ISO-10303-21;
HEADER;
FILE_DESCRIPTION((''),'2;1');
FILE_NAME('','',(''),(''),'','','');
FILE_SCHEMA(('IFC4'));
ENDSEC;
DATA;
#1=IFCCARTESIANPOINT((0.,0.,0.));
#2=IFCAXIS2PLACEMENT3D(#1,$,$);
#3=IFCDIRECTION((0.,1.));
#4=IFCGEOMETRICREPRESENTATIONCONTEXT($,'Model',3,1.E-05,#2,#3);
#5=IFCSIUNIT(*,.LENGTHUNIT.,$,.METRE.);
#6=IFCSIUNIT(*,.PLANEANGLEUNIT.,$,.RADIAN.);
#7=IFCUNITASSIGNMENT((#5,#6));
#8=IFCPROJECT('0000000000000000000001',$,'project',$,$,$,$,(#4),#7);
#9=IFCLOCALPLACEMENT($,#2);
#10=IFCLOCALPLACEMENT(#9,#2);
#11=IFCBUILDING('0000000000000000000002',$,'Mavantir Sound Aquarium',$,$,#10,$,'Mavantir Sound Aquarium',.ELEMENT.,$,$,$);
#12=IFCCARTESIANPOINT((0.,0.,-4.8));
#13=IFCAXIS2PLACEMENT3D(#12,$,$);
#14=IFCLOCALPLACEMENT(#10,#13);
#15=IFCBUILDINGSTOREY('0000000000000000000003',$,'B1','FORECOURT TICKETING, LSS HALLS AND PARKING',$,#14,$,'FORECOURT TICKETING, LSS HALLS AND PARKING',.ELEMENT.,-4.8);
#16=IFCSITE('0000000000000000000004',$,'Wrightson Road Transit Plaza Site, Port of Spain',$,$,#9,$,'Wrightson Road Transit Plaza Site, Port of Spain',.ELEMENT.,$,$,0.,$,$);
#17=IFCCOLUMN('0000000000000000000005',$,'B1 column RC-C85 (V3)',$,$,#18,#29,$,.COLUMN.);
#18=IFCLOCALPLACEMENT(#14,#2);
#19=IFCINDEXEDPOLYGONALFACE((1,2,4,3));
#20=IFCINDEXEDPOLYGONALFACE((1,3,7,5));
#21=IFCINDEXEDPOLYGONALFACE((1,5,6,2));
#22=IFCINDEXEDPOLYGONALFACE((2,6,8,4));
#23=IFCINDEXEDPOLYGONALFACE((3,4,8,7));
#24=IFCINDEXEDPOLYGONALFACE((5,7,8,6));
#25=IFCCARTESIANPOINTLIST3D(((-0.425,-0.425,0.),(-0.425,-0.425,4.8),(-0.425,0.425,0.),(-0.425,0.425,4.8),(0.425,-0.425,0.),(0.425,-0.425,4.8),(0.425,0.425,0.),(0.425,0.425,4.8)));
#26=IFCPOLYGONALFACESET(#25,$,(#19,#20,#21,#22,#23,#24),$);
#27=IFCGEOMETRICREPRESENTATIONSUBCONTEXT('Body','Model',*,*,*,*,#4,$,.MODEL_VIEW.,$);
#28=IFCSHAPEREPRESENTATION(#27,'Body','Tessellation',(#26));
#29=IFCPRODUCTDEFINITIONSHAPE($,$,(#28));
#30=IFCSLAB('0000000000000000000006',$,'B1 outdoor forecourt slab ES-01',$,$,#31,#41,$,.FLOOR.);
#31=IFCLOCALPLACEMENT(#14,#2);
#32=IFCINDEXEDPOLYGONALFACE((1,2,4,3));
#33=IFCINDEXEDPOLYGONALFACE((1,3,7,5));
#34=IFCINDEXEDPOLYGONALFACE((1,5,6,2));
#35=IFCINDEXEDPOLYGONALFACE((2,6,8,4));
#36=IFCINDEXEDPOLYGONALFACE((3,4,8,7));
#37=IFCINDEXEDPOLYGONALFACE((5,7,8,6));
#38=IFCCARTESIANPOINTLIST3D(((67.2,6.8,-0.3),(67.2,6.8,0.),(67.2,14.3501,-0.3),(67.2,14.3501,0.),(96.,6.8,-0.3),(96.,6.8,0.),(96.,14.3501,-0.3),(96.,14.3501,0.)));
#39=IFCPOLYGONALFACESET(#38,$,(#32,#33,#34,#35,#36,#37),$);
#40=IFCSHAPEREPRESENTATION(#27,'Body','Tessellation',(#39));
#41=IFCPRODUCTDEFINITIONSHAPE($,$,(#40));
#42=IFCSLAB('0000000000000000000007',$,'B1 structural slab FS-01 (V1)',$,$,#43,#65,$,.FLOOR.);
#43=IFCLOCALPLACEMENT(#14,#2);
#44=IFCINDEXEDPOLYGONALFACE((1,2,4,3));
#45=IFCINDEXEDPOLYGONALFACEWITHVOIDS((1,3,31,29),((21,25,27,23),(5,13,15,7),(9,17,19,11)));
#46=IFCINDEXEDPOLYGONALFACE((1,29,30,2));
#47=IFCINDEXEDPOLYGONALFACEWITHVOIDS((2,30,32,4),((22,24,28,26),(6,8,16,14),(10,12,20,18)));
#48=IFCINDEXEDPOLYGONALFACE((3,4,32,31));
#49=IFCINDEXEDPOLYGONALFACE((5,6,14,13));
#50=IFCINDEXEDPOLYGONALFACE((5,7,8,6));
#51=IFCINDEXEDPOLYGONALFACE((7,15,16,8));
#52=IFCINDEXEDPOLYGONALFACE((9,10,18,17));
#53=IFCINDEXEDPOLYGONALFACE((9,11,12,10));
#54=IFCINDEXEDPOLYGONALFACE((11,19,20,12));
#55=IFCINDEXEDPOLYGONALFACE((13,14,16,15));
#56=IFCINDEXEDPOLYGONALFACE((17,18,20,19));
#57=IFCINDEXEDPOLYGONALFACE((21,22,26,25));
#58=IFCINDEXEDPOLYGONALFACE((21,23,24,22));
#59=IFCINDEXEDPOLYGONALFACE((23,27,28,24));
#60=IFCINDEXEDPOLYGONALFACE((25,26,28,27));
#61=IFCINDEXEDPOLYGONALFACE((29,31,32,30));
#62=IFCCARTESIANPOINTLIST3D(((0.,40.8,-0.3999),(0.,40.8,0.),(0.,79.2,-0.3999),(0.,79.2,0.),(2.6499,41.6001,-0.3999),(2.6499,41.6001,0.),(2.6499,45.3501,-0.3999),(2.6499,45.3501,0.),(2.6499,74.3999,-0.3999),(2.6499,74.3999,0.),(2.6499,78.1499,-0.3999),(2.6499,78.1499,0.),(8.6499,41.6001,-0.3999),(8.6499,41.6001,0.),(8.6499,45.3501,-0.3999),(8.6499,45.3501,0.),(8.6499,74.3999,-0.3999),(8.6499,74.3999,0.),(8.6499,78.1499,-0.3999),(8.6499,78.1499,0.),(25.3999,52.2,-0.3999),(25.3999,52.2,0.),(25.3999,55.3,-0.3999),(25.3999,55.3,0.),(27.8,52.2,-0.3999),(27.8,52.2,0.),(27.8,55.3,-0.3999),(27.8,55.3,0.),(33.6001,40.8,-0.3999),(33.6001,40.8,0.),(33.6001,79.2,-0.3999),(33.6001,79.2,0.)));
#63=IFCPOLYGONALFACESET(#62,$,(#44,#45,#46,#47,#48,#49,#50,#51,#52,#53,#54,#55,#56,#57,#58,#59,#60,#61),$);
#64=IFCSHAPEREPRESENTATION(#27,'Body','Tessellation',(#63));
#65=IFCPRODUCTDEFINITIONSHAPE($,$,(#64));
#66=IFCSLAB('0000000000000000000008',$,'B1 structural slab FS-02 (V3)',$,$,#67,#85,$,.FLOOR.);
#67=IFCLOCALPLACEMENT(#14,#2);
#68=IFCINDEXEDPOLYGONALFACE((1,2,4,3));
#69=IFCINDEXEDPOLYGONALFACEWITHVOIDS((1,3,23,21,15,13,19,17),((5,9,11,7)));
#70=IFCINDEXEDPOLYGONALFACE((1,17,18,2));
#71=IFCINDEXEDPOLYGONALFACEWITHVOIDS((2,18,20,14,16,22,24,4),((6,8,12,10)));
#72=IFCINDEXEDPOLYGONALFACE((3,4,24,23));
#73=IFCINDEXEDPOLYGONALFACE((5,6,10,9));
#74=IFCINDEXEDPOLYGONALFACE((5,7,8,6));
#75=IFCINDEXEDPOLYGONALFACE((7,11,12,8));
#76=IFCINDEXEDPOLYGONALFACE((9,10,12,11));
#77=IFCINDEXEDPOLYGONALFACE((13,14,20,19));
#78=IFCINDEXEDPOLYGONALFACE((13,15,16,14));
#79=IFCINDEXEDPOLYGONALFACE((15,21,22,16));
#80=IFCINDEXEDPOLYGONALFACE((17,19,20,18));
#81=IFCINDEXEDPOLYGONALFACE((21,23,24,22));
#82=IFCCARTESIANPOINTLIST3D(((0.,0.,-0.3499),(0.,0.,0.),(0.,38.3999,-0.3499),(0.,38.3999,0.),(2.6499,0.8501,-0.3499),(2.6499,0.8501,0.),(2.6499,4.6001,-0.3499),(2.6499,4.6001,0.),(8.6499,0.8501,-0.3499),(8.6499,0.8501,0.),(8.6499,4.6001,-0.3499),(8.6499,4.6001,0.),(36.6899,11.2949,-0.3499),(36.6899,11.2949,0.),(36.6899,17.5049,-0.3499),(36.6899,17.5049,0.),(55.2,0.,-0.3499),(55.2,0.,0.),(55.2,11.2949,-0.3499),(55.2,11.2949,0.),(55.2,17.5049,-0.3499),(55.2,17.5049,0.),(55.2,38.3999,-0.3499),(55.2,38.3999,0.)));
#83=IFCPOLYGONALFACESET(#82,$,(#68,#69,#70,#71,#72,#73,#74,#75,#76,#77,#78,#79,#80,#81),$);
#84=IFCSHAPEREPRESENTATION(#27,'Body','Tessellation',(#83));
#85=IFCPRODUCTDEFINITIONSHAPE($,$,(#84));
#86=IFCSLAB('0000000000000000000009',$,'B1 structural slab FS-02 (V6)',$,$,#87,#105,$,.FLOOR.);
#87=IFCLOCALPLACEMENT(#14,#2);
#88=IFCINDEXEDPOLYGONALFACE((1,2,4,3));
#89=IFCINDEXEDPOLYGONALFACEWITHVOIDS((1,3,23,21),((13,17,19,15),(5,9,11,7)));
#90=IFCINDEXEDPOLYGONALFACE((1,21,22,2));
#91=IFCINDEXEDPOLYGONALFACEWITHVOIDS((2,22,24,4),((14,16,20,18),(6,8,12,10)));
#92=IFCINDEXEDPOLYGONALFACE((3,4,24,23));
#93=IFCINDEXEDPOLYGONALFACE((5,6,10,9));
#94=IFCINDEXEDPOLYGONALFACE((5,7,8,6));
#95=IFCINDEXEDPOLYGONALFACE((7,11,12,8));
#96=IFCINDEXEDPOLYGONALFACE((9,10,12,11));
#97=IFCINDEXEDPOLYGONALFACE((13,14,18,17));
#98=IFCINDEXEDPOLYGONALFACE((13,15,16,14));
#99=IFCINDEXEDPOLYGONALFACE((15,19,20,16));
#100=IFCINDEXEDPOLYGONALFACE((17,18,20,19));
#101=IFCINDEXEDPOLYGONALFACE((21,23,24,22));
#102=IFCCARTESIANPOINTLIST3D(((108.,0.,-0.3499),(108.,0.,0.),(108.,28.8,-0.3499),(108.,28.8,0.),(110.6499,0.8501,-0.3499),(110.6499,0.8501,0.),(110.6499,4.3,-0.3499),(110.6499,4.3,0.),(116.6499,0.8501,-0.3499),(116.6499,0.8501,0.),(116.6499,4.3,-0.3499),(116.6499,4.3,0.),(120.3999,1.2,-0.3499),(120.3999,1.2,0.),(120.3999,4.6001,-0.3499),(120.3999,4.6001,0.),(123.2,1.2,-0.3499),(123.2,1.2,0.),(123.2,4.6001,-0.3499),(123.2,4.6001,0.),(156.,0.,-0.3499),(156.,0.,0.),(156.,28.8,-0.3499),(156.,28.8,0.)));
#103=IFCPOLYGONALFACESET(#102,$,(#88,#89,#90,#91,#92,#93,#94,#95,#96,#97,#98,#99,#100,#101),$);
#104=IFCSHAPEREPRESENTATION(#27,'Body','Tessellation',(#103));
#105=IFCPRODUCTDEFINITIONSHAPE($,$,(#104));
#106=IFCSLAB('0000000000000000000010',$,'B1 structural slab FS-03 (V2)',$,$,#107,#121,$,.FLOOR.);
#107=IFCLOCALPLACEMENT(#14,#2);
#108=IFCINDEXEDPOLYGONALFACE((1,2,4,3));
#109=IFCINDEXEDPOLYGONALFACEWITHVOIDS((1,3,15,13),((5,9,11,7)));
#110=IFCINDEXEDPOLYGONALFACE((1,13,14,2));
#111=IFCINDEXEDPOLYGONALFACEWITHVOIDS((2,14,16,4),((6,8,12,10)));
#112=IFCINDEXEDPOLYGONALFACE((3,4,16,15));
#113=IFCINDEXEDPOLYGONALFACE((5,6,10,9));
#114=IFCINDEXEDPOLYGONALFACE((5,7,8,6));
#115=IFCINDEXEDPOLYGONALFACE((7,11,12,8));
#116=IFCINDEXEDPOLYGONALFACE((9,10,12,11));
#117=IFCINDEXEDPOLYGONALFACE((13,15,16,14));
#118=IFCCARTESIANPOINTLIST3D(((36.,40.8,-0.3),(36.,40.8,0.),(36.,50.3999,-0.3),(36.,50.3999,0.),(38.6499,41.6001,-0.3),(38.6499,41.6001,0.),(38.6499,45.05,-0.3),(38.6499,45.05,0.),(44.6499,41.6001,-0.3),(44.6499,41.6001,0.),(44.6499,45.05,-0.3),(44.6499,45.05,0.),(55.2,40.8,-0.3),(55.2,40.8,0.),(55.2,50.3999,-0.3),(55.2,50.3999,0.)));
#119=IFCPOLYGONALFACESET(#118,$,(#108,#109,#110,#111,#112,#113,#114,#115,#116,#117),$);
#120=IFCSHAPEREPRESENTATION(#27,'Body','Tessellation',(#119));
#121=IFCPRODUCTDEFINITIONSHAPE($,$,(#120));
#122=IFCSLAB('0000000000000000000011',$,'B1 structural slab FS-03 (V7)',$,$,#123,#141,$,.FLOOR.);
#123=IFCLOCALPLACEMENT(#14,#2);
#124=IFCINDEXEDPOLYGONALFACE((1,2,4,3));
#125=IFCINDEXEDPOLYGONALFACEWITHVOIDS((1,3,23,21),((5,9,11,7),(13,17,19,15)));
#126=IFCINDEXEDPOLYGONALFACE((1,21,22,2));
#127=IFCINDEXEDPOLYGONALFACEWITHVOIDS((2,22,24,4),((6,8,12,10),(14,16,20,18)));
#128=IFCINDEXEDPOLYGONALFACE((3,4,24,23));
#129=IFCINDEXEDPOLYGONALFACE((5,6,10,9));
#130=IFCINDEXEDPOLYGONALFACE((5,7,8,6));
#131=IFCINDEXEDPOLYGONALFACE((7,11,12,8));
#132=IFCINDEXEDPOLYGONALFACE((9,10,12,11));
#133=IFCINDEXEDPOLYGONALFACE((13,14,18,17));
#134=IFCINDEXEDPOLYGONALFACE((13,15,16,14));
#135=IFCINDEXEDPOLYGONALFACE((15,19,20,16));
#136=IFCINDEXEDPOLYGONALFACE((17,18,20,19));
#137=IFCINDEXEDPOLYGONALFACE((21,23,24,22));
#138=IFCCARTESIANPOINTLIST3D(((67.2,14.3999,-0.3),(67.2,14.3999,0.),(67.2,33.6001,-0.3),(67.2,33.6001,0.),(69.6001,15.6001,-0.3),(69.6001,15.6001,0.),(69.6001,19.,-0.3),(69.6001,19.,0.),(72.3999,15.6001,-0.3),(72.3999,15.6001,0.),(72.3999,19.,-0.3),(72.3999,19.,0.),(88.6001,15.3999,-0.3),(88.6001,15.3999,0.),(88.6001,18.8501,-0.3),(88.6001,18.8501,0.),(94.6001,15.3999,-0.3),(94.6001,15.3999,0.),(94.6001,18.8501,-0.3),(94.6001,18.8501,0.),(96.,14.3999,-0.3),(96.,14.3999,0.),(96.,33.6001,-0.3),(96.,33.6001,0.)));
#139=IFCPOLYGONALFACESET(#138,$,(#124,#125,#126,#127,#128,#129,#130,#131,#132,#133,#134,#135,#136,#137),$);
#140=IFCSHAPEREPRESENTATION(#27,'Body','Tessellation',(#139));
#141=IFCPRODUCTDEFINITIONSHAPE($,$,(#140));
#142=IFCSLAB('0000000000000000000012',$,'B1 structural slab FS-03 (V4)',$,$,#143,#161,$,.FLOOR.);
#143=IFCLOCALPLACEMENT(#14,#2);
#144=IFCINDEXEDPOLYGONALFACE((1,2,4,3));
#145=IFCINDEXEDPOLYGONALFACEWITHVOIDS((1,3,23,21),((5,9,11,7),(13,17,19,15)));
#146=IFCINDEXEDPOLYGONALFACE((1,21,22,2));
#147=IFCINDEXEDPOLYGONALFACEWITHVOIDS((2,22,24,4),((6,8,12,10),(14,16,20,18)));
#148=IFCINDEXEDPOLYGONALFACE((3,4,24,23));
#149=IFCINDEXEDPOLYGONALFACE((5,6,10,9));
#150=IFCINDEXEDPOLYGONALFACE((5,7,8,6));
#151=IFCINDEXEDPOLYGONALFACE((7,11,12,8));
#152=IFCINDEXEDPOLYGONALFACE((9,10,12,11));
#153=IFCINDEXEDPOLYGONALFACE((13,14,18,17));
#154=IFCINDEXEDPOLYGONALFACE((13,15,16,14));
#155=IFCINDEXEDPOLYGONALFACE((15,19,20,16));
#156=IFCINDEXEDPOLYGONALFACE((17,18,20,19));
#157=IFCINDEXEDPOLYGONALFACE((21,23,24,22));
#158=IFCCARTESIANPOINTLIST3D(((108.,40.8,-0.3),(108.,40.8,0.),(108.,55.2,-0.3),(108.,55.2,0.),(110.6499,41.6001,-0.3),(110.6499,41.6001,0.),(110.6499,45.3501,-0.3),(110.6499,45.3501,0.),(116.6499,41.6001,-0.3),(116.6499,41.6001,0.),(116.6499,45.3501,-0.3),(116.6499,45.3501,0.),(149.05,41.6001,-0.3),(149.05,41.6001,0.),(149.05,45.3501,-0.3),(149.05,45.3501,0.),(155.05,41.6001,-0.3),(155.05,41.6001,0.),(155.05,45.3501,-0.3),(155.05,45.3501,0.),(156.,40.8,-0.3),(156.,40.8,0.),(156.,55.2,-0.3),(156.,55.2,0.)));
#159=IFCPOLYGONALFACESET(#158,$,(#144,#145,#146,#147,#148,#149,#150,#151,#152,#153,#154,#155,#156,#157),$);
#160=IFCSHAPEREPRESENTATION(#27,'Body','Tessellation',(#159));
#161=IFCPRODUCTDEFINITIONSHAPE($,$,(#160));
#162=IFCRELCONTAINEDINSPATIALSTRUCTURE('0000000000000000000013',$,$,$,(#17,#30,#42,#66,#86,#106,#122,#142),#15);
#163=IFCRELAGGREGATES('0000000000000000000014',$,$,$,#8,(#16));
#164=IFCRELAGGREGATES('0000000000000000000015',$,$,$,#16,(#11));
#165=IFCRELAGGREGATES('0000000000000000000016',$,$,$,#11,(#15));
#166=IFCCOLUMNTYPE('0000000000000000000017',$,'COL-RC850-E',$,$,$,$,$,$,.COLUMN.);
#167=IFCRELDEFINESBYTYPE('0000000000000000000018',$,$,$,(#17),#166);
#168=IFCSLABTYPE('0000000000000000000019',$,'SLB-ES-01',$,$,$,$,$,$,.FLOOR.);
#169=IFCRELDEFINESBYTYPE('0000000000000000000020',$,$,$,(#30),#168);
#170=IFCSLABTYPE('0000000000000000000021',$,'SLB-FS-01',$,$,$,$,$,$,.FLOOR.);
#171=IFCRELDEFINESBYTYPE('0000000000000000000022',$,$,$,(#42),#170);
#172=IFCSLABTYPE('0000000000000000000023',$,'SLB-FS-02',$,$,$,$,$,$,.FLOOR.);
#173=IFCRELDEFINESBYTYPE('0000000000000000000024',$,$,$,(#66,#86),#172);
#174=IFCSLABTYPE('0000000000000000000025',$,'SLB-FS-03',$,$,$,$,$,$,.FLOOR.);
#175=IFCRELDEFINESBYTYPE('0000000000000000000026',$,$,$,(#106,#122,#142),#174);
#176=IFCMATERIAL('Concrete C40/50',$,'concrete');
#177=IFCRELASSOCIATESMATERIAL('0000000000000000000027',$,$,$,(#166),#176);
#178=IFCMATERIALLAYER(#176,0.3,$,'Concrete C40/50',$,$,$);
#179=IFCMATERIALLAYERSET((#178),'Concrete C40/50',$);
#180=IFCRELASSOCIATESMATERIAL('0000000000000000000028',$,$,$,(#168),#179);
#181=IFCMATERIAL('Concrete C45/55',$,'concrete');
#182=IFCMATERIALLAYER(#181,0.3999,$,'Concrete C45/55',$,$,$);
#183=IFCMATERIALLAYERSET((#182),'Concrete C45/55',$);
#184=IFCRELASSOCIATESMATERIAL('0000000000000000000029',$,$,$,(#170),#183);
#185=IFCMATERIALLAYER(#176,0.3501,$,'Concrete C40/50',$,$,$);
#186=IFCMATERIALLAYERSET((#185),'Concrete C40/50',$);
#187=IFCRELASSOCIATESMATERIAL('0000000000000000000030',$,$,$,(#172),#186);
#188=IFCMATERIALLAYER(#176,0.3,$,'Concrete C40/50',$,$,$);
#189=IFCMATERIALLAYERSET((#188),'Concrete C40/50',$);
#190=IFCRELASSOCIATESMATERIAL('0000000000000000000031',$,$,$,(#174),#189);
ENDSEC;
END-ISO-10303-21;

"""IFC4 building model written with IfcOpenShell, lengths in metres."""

from ifc_helpers import new_model, si_unit, direction, frame, origin, origin_with_axes, origin_2d, place, context, subcontext, project, spatial, polyline, rectangle, outline, extrude, material, layer, layer_set, material_profile, profile_set, type_object, element, save


model = new_model("IFC4")

# Units and contexts
model_context = context("Model", 3, precision=1e-05, world=origin(), true_north=direction((0.0, 1.0)))
body_context = subcontext(model_context, "Body", "Model", "MODEL_VIEW")
ifc_project = project(units=[si_unit("LENGTHUNIT", "METRE"), si_unit("PLANEANGLEUNIT", "RADIAN")], contexts=[model_context])

# Site, building, storey
site_placement = place(None, origin())
site = spatial("IfcSite", under=ifc_project, at=site_placement, Name="Wrightson Road Transit Plaza Site, Port of Spain", LongName="Wrightson Road Transit Plaza Site, Port of Spain", CompositionType="ELEMENT", RefElevation=0.0)
building_placement = place(site_placement, origin())
building = spatial("IfcBuilding", under=site, at=building_placement, Name="Mavantir Sound Aquarium", LongName="Mavantir Sound Aquarium", CompositionType="ELEMENT")
storey_placement = place(building_placement, frame((0.0, 0.0, -4.8)))
storey = spatial("IfcBuildingStorey", under=building, at=storey_placement, Name="B1", Description="FORECOURT TICKETING, LSS HALLS AND PARKING", LongName="FORECOURT TICKETING, LSS HALLS AND PARKING", CompositionType="ELEMENT", Elevation=-4.8)

# Column
ifc_material_1 = material(Name="Concrete C40/50", Category="concrete")
ifc_material_profile = material_profile(ifc_material_1, rectangle(XDim=0.8501, YDim=0.8501, at=origin_2d()), Name="RC 850X850")
ifc_profile_set = profile_set([ifc_material_profile], Name="Concrete C40/50")
column_type = type_object("IfcColumnType", Name="COL-RC850-E", PredefinedType="COLUMN", material=ifc_profile_set)
column_placement = place(storey_placement, origin_with_axes())
element("IfcColumn", 1, at=column_placement, inside=storey, type_object=column_type, Name="B1 column RC-C85 (V3)", PredefinedType="COLUMN", context=body_context, shape_type="SweptSolid", body=[
    extrude(rectangle(XDim=0.8501, YDim=0.8501, at=origin_2d()), origin(), (0.0, 0.0, 1.0), 4.8),
])

# Slabs
ifc_layer_1 = layer(ifc_material_1, 0.3, Name="Concrete C40/50")
ifc_layer_set_1 = layer_set([ifc_layer_1], Name="Concrete C40/50")
slab_type_1 = type_object("IfcSlabType", Name="SLB-ES-01", PredefinedType="FLOOR", material=ifc_layer_set_1)
slab_1_placement = place(storey_placement, frame((0.0, 0.0, -0.3)))
element("IfcSlab", 2, at=slab_1_placement, inside=storey, type_object=slab_type_1, Name="B1 outdoor forecourt slab ES-01", PredefinedType="FLOOR", context=body_context, shape_type="SweptSolid", body=[
    extrude(outline(polyline([(67.2, 6.8), (96.0, 6.8), (96.0, 14.3501), (67.2, 14.3501), (67.2, 6.8)])), origin(), (0.0, 0.0, 1.0), 0.3),
])
ifc_material_2 = material(Name="Concrete C45/55", Category="concrete")
ifc_layer_2 = layer(ifc_material_2, 0.3999, Name="Concrete C45/55")
ifc_layer_set_2 = layer_set([ifc_layer_2], Name="Concrete C45/55")
slab_type_2 = type_object("IfcSlabType", Name="SLB-FS-01", PredefinedType="FLOOR", material=ifc_layer_set_2)
slab_2_placement = place(storey_placement, frame((0.0, 0.0, -0.3999)))
element("IfcSlab", 3, at=slab_2_placement, inside=storey, type_object=slab_type_2, Name="B1 structural slab FS-01 (V1)", PredefinedType="FLOOR", context=body_context, shape_type="SweptSolid", body=[
    extrude(outline(polyline([(33.6001, 40.8), (33.6001, 79.2), (0.0, 79.2), (0.0, 40.8), (33.6001, 40.8)]), holes=[polyline([(2.6499, 41.6001), (8.6499, 41.6001), (8.6499, 45.3501), (2.6499, 45.3501), (2.6499, 41.6001)]), polyline([(2.6499, 74.3999), (8.6499, 74.3999), (8.6499, 78.1499), (2.6499, 78.1499), (2.6499, 74.3999)]), polyline([(25.3999, 52.2), (27.8, 52.2), (27.8, 55.3), (25.3999, 55.3), (25.3999, 52.2)])]), origin(), (0.0, 0.0, 1.0), 0.3999),
])
ifc_layer_3 = layer(ifc_material_1, 0.3501, Name="Concrete C40/50")
ifc_layer_set_3 = layer_set([ifc_layer_3], Name="Concrete C40/50")
slab_type_3 = type_object("IfcSlabType", Name="SLB-FS-02", PredefinedType="FLOOR", material=ifc_layer_set_3)
slab_3_placement = place(storey_placement, frame((0.0, 0.0, -0.3499)))
element("IfcSlab", 4, at=slab_3_placement, inside=storey, type_object=slab_type_3, Name="B1 structural slab FS-02 (V3)", PredefinedType="FLOOR", context=body_context, shape_type="SweptSolid", body=[
    extrude(outline(polyline([(55.2, 0.0), (0.0, 0.0), (0.0, 38.3999), (55.2, 38.3999), (55.2, 17.5049), (36.6899, 17.5049), (36.6899, 11.2949), (55.2, 11.2949), (55.2, 0.0)]), holes=[polyline([(2.6499, 0.8501), (8.6499, 0.8501), (8.6499, 4.6001), (2.6499, 4.6001), (2.6499, 0.8501)])]), origin(), (0.0, 0.0, 1.0), 0.3499),
])
slab_4_placement = place(storey_placement, frame((0.0, 0.0, -0.3499)))
element("IfcSlab", 5, at=slab_4_placement, inside=storey, type_object=slab_type_3, Name="B1 structural slab FS-02 (V6)", PredefinedType="FLOOR", context=body_context, shape_type="SweptSolid", body=[
    extrude(outline(polyline([(156.0, 0.0), (156.0, 28.8), (108.0, 28.8), (108.0, 0.0), (156.0, 0.0)]), holes=[polyline([(110.6499, 0.8501), (116.6499, 0.8501), (116.6499, 4.3), (110.6499, 4.3), (110.6499, 0.8501)]), polyline([(120.3999, 1.2), (123.2, 1.2), (123.2, 4.6001), (120.3999, 4.6001), (120.3999, 1.2)])]), origin(), (0.0, 0.0, 1.0), 0.3499),
])
ifc_layer_4 = layer(ifc_material_1, 0.3, Name="Concrete C40/50")
ifc_layer_set_4 = layer_set([ifc_layer_4], Name="Concrete C40/50")
slab_type_4 = type_object("IfcSlabType", Name="SLB-FS-03", PredefinedType="FLOOR", material=ifc_layer_set_4)
slab_5_placement = place(storey_placement, frame((0.0, 0.0, -0.3)))
element("IfcSlab", 6, at=slab_5_placement, inside=storey, type_object=slab_type_4, Name="B1 structural slab FS-03 (V2)", PredefinedType="FLOOR", context=body_context, shape_type="SweptSolid", body=[
    extrude(outline(polyline([(55.2, 40.8), (55.2, 50.3999), (36.0, 50.3999), (36.0, 40.8), (55.2, 40.8)]), holes=[polyline([(38.6499, 41.6001), (44.6499, 41.6001), (44.6499, 45.05), (38.6499, 45.05), (38.6499, 41.6001)])]), origin(), (0.0, 0.0, 1.0), 0.3),
])
slab_6_placement = place(storey_placement, frame((0.0, 0.0, -0.3)))
element("IfcSlab", 7, at=slab_6_placement, inside=storey, type_object=slab_type_4, Name="B1 structural slab FS-03 (V7)", PredefinedType="FLOOR", context=body_context, shape_type="SweptSolid", body=[
    extrude(outline(polyline([(96.0, 14.3999), (96.0, 33.6001), (67.2, 33.6001), (67.2, 14.3999), (96.0, 14.3999)]), holes=[polyline([(88.6001, 15.3999), (94.6001, 15.3999), (94.6001, 18.8501), (88.6001, 18.8501), (88.6001, 15.3999)]), polyline([(69.6001, 15.6001), (72.3999, 15.6001), (72.3999, 19.0), (69.6001, 19.0), (69.6001, 15.6001)])]), origin(), (0.0, 0.0, 1.0), 0.3),
])
slab_7_placement = place(storey_placement, frame((0.0, 0.0, -0.3)))
element("IfcSlab", 8, at=slab_7_placement, inside=storey, type_object=slab_type_4, Name="B1 structural slab FS-03 (V4)", PredefinedType="FLOOR", context=body_context, shape_type="SweptSolid", body=[
    extrude(outline(polyline([(156.0, 40.8), (156.0, 55.2), (108.0, 55.2), (108.0, 40.8), (156.0, 40.8)]), holes=[polyline([(110.6499, 41.6001), (116.6499, 41.6001), (116.6499, 45.3501), (110.6499, 45.3501), (110.6499, 41.6001)]), polyline([(149.05, 41.6001), (155.05, 41.6001), (155.05, 45.3501), (149.05, 45.3501), (149.05, 41.6001)])]), origin(), (0.0, 0.0, 1.0), 0.3),
])

save(model, "model.ifc")
